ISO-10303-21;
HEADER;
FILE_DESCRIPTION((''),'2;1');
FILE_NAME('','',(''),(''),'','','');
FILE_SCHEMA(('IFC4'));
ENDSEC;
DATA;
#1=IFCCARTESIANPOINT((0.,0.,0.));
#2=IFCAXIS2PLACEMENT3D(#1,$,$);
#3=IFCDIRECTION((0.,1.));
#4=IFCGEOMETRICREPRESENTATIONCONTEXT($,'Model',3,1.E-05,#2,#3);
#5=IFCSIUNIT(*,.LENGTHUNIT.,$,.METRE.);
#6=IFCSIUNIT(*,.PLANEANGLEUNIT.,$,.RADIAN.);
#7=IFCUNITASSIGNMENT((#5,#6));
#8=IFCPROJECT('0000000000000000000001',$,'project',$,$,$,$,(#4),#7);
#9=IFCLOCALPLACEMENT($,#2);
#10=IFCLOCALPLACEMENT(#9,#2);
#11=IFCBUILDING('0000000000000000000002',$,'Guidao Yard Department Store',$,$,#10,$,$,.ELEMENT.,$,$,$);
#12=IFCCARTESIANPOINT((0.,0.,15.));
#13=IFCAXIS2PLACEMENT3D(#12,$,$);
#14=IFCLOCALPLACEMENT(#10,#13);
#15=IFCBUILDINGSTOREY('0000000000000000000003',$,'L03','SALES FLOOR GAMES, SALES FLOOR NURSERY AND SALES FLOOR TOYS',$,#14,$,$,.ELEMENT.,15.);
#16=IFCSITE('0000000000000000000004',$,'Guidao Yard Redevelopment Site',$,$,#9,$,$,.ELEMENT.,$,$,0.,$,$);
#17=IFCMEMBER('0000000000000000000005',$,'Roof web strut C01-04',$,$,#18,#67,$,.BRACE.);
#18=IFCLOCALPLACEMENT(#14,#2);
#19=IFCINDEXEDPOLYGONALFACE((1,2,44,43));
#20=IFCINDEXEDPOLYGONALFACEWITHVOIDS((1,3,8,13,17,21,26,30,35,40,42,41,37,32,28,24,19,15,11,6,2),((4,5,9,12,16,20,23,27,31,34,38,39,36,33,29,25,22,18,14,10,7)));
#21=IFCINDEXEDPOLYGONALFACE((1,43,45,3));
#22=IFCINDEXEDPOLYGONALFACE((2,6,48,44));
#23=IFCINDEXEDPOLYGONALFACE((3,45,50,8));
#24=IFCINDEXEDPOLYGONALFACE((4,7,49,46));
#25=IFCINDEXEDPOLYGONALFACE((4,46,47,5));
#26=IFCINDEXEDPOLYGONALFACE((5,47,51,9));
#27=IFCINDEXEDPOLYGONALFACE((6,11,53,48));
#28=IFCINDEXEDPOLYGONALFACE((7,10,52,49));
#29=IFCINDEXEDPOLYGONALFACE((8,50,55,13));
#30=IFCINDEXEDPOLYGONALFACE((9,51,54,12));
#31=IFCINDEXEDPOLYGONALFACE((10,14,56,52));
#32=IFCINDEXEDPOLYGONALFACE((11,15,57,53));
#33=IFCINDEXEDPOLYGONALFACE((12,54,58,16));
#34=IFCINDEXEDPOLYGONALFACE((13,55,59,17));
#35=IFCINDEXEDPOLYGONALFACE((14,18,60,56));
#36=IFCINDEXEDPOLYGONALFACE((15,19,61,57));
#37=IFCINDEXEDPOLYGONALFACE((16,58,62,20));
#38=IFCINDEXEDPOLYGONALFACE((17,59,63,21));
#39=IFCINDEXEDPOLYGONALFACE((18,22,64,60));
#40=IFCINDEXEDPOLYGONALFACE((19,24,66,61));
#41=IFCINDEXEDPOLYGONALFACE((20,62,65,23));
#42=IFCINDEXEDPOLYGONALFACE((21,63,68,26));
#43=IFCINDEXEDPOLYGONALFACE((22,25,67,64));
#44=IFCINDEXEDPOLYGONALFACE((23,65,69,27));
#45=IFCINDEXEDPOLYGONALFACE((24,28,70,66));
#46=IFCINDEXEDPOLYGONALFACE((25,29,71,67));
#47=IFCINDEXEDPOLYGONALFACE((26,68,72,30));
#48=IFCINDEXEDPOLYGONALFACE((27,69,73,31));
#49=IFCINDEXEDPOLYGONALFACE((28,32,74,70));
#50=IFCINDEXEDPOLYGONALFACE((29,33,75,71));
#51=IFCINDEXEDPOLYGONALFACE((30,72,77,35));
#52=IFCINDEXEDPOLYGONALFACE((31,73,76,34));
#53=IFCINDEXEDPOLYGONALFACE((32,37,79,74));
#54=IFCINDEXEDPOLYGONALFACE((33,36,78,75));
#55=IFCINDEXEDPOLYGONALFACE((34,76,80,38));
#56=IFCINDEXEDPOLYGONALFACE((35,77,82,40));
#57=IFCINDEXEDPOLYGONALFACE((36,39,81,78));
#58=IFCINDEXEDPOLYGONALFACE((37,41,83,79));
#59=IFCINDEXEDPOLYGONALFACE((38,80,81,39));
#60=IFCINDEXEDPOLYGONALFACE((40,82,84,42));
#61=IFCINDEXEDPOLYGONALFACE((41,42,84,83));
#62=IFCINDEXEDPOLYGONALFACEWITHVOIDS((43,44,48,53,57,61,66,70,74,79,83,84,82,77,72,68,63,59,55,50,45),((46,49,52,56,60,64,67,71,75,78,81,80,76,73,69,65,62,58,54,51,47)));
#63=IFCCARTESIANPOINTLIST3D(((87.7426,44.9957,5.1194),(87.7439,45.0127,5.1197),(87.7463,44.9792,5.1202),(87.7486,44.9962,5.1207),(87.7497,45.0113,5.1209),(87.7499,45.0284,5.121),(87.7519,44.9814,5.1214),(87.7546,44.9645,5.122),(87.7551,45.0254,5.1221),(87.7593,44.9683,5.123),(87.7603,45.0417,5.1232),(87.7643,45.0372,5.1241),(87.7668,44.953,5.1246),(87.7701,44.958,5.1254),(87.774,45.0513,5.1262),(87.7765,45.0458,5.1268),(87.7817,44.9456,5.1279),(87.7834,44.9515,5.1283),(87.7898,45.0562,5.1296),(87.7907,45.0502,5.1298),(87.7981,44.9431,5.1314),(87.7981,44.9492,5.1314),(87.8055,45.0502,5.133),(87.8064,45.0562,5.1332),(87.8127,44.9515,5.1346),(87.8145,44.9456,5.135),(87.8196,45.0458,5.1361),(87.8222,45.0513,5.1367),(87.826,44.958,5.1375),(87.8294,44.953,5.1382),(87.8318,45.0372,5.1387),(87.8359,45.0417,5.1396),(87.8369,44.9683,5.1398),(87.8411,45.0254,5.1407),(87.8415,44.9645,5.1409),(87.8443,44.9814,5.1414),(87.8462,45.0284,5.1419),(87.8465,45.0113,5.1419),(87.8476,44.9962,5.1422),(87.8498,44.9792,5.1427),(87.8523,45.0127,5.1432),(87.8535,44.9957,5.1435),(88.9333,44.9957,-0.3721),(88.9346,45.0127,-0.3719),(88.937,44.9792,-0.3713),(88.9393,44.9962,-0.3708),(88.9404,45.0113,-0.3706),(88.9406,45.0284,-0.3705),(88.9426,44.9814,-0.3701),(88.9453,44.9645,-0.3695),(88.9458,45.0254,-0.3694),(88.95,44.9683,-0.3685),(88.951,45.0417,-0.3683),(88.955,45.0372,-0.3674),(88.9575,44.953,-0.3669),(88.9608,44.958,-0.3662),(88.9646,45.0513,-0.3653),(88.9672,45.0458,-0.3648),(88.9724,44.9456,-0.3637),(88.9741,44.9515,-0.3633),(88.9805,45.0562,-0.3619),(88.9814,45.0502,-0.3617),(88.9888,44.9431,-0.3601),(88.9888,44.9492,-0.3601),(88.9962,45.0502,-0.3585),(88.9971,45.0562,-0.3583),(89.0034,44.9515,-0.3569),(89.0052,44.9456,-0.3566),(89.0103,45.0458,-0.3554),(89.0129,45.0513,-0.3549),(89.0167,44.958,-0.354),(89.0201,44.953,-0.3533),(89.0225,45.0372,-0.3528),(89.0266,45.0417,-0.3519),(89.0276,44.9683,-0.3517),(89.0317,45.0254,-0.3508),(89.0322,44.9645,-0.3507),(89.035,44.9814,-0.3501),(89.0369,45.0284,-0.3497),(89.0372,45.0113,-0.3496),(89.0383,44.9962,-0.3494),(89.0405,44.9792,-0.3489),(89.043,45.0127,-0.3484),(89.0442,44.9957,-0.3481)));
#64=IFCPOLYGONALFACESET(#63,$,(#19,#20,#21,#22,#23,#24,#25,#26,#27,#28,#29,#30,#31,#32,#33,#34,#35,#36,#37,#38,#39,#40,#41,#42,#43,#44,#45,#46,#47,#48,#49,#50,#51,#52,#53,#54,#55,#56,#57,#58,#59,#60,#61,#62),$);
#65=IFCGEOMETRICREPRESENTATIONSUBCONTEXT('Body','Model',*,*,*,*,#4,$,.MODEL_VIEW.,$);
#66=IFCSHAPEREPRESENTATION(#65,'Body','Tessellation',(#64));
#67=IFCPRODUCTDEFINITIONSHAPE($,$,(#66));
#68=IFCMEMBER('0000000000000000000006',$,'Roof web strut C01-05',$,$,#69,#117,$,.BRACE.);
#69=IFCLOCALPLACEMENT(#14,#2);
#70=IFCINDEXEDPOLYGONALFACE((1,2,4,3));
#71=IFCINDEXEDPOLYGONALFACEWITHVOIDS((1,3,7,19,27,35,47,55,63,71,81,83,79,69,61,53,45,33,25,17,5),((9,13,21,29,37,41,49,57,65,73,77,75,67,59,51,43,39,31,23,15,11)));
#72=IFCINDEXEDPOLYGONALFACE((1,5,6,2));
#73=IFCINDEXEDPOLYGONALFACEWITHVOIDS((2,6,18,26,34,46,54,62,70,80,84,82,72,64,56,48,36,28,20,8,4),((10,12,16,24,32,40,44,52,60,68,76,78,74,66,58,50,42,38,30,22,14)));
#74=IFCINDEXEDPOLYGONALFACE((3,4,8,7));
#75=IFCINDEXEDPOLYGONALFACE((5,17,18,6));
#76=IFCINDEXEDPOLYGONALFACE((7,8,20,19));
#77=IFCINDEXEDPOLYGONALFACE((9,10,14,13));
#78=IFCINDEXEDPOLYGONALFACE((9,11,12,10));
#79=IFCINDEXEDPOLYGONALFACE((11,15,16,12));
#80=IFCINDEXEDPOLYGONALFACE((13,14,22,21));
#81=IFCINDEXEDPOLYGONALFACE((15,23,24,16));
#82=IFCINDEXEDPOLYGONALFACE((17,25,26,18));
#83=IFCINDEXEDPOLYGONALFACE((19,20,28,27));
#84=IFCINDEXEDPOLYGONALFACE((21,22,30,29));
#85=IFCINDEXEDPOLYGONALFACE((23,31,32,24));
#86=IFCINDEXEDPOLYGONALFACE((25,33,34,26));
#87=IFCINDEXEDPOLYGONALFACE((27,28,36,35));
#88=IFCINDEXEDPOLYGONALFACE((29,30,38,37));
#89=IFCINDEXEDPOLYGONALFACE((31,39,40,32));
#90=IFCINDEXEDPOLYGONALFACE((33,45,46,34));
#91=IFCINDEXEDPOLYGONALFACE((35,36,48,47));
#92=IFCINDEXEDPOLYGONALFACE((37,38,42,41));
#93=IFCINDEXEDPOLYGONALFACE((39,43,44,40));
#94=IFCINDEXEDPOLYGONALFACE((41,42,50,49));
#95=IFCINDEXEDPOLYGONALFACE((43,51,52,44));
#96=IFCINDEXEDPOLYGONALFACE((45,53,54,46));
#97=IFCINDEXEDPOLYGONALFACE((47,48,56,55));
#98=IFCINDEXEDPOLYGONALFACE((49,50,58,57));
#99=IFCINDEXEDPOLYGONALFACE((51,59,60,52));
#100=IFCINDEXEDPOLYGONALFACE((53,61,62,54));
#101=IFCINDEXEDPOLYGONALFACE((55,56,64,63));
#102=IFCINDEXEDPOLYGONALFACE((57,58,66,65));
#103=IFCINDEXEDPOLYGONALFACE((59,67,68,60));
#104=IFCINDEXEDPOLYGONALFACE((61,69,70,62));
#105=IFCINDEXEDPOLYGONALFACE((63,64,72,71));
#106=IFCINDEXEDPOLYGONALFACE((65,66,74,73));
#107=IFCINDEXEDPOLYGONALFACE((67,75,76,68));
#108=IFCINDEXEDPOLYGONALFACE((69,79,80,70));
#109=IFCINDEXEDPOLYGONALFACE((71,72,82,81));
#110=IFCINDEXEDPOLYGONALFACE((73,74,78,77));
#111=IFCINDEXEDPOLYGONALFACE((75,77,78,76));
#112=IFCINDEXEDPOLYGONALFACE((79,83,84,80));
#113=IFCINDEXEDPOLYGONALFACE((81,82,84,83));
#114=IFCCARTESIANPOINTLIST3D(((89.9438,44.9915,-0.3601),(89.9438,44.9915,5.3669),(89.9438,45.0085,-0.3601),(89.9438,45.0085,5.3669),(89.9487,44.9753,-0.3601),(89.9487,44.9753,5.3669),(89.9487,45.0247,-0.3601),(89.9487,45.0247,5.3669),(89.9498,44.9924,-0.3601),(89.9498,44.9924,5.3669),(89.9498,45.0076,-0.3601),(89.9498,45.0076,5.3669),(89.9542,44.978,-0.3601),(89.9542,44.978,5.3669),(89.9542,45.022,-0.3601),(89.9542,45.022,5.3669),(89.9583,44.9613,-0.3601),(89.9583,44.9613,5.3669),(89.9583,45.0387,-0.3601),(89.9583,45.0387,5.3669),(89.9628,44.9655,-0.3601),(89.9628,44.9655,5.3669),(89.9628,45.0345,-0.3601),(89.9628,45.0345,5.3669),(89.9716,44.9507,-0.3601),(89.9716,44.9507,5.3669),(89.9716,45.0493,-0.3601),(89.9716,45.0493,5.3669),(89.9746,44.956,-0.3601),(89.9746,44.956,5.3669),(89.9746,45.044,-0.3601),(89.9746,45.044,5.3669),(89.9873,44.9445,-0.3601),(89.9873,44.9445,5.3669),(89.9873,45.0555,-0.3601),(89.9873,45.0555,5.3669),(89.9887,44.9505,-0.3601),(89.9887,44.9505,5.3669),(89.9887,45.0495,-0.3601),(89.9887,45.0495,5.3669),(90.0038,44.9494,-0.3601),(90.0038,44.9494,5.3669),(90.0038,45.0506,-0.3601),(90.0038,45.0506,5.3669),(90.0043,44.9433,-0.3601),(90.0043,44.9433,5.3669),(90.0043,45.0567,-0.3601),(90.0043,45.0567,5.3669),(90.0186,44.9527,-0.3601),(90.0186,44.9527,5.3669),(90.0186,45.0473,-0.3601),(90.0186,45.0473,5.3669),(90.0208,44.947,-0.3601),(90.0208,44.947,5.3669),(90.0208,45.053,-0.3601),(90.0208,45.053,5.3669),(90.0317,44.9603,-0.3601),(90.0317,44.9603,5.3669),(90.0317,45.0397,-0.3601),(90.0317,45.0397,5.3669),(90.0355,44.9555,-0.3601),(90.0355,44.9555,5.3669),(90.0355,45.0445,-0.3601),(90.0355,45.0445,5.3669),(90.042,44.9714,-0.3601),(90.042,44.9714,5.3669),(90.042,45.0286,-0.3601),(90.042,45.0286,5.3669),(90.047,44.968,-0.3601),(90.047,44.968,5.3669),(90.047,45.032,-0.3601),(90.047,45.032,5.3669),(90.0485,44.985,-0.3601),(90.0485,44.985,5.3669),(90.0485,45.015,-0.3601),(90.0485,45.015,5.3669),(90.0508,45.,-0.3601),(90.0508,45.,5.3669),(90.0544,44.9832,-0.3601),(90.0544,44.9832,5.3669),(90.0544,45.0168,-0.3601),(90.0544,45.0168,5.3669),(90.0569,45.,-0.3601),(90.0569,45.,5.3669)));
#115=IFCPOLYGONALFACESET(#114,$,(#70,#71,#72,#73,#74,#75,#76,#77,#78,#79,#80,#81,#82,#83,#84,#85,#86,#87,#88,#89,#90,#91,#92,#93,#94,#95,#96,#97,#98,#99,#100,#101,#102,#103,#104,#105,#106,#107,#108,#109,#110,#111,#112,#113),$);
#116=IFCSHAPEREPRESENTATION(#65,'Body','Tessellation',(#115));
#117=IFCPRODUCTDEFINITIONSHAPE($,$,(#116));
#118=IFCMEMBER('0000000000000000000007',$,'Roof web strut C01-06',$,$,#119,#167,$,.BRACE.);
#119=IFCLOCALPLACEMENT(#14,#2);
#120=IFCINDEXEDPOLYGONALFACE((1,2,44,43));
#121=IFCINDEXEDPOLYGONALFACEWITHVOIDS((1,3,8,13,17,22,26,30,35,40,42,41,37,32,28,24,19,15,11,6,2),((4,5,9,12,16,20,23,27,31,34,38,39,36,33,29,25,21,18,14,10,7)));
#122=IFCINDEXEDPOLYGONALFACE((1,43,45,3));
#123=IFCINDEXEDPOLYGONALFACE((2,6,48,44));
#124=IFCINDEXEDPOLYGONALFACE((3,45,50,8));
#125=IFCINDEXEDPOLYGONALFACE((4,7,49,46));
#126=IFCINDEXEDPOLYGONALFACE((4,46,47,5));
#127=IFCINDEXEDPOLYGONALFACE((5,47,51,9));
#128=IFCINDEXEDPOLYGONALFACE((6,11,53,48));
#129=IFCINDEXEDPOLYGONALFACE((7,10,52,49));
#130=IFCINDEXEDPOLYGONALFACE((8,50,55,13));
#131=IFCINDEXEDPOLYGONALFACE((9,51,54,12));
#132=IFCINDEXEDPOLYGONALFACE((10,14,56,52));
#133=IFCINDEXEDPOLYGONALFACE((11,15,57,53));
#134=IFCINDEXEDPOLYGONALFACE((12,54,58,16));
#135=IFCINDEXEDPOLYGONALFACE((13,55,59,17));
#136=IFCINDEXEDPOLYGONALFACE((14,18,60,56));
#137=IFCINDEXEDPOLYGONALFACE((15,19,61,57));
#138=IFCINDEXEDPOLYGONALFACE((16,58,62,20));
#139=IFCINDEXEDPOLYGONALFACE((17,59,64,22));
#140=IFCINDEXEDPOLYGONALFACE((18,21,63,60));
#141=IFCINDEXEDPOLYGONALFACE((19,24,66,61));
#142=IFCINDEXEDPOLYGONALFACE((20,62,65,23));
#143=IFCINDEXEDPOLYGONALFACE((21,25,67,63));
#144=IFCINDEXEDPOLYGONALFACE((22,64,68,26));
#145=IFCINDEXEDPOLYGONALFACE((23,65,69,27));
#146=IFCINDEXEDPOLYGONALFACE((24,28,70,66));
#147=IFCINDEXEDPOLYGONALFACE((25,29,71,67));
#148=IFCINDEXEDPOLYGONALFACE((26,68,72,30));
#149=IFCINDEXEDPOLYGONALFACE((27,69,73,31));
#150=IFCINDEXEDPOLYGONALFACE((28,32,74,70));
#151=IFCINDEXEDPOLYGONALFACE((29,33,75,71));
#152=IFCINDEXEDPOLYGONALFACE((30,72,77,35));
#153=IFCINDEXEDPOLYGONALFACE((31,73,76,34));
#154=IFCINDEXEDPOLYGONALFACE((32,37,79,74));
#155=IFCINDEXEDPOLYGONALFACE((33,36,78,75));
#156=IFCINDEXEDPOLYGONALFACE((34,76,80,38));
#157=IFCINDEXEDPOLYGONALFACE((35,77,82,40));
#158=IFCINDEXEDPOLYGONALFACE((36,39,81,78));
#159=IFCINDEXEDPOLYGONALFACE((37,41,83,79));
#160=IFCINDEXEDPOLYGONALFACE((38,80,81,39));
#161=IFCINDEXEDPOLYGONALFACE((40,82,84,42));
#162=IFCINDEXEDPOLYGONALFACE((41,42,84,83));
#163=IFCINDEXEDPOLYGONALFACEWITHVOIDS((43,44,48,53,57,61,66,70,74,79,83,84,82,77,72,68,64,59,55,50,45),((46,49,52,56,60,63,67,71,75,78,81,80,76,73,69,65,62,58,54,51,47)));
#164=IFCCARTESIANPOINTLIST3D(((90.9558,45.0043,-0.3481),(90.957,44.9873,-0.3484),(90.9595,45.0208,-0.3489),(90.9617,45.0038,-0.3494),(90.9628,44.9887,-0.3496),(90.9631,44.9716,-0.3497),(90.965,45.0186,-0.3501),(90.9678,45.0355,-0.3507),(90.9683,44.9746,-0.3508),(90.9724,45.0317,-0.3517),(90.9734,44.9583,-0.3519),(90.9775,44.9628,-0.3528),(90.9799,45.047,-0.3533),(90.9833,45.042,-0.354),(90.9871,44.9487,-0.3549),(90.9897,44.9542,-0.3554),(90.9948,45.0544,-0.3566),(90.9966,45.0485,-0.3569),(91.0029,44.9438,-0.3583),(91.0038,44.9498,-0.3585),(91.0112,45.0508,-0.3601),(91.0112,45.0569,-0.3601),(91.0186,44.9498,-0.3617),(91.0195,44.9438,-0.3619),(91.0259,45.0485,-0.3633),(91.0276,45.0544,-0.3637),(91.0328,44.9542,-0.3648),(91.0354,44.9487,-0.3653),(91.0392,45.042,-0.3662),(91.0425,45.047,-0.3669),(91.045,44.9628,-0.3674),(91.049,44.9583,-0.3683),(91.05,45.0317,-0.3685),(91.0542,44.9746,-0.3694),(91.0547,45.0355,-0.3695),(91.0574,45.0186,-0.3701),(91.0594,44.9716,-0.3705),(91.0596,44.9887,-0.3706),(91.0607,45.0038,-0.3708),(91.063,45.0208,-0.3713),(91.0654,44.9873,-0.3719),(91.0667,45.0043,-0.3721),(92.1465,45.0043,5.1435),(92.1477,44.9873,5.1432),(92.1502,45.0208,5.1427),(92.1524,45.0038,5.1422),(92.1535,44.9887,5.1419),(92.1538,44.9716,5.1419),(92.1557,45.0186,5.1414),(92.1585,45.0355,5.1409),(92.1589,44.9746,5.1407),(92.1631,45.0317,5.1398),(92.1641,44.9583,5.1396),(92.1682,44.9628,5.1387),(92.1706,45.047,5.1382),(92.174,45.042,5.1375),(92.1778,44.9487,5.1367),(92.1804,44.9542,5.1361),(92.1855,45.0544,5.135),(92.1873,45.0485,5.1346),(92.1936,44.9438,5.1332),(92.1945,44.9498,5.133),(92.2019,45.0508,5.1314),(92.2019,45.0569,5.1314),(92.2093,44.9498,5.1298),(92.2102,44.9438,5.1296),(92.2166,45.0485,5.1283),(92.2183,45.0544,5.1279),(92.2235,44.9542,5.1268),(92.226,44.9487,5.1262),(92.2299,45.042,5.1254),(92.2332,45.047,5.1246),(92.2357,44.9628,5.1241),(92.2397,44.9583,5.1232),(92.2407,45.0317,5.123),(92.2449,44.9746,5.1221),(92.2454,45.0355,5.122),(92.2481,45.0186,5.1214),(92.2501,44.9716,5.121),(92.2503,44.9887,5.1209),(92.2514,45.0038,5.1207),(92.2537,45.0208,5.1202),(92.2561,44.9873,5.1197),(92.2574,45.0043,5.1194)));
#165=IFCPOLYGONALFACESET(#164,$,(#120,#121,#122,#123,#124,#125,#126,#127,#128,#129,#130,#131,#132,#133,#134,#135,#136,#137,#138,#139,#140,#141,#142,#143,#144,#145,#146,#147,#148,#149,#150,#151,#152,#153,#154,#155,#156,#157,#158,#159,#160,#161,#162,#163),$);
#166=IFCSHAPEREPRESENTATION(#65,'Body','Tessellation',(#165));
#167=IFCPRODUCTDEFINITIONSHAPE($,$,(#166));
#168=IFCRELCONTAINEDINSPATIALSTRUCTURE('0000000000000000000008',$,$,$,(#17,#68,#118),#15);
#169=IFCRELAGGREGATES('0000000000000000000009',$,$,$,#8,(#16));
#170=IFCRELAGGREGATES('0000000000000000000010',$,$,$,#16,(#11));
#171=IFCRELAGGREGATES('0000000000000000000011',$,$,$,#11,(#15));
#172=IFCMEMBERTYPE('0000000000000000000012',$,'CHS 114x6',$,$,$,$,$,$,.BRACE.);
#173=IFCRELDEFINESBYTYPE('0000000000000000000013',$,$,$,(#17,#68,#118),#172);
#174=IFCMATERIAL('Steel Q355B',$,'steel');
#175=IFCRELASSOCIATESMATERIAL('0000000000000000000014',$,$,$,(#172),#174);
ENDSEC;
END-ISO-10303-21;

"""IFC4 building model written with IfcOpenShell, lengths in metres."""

from ifc_helpers import new_model, si_unit, direction, frame, origin, origin_2d, place, context, subcontext, project, spatial, hollow_circle, extrude, material, material_profile, profile_set, type_object, element, save


model = new_model("IFC4")

# Units and contexts
model_context = context("Model", 3, precision=1e-05, world=origin(), true_north=direction((0.0, 1.0)))
body_context = subcontext(model_context, "Body", "Model", "MODEL_VIEW")
ifc_project = project(units=[si_unit("LENGTHUNIT", "METRE"), si_unit("PLANEANGLEUNIT", "RADIAN")], contexts=[model_context])

# Site, building, storey
site_placement = place(None, origin())
site = spatial("IfcSite", under=ifc_project, at=site_placement, Name="Guidao Yard Redevelopment Site", CompositionType="ELEMENT", RefElevation=0.0)
building_placement = place(site_placement, origin())
building = spatial("IfcBuilding", under=site, at=building_placement, Name="Guidao Yard Department Store", CompositionType="ELEMENT")
storey_placement = place(building_placement, frame((0.0, 0.0, 15.0)))
storey = spatial("IfcBuildingStorey", under=building, at=storey_placement, Name="L03", Description="SALES FLOOR GAMES, SALES FLOOR NURSERY AND SALES FLOOR TOYS", CompositionType="ELEMENT", Elevation=15.0)

# Members
ifc_material_1 = material(Name="Steel Q355B", Category="steel")
ifc_material_profile_1 = material_profile(ifc_material_1, hollow_circle(Radius=0.0569, WallThickness=0.0061, at=origin_2d()), Name="CHS 114x6")
ifc_profile_set_1 = profile_set([ifc_material_profile_1], Name="Steel Q355B")
member_type_1 = type_object("IfcMemberType", Name="CHS 114x6", PredefinedType="BRACE", material=ifc_profile_set_1)
member_1_placement = place(storey_placement, frame((88.9888, 45.0, -0.3601), z_axis=(-0.211899, 0.0, 0.977292), x_axis=(0.0, -1.0, 0.0)))
element("IfcMember", 1, at=member_1_placement, inside=storey, type_object=member_type_1, Name="Roof web strut C01-04", PredefinedType="BRACE", context=body_context, shape_type="SweptSolid", body=[
    extrude(hollow_circle(Radius=0.0569, WallThickness=0.0061, at=origin_2d()), origin(), (0.0, 0.0, 1.0), 5.6191),
])
member_2_placement = place(storey_placement, frame((90.0, 45.0, -0.3601), z_axis=(0.0, 0.0, 1.0), x_axis=(1.0, 0.0, 0.0)))
element("IfcMember", 2, at=member_2_placement, inside=storey, type_object=member_type_1, Name="Roof web strut C01-05", PredefinedType="BRACE", context=body_context, shape_type="SweptSolid", body=[
    extrude(hollow_circle(Radius=0.0569, WallThickness=0.0061, at=origin_2d()), origin(), (0.0, 0.0, 1.0), 5.7271),
])
member_3_placement = place(storey_placement, frame((91.0112, 45.0, -0.3601), z_axis=(0.211899, 0.0, 0.977292), x_axis=(0.0, 1.0, 0.0)))
element("IfcMember", 3, at=member_3_placement, inside=storey, type_object=member_type_1, Name="Roof web strut C01-06", PredefinedType="BRACE", context=body_context, shape_type="SweptSolid", body=[
    extrude(hollow_circle(Radius=0.0569, WallThickness=0.0061, at=origin_2d()), origin(), (0.0, 0.0, 1.0), 5.6191),
])

save(model, "model.ifc")
